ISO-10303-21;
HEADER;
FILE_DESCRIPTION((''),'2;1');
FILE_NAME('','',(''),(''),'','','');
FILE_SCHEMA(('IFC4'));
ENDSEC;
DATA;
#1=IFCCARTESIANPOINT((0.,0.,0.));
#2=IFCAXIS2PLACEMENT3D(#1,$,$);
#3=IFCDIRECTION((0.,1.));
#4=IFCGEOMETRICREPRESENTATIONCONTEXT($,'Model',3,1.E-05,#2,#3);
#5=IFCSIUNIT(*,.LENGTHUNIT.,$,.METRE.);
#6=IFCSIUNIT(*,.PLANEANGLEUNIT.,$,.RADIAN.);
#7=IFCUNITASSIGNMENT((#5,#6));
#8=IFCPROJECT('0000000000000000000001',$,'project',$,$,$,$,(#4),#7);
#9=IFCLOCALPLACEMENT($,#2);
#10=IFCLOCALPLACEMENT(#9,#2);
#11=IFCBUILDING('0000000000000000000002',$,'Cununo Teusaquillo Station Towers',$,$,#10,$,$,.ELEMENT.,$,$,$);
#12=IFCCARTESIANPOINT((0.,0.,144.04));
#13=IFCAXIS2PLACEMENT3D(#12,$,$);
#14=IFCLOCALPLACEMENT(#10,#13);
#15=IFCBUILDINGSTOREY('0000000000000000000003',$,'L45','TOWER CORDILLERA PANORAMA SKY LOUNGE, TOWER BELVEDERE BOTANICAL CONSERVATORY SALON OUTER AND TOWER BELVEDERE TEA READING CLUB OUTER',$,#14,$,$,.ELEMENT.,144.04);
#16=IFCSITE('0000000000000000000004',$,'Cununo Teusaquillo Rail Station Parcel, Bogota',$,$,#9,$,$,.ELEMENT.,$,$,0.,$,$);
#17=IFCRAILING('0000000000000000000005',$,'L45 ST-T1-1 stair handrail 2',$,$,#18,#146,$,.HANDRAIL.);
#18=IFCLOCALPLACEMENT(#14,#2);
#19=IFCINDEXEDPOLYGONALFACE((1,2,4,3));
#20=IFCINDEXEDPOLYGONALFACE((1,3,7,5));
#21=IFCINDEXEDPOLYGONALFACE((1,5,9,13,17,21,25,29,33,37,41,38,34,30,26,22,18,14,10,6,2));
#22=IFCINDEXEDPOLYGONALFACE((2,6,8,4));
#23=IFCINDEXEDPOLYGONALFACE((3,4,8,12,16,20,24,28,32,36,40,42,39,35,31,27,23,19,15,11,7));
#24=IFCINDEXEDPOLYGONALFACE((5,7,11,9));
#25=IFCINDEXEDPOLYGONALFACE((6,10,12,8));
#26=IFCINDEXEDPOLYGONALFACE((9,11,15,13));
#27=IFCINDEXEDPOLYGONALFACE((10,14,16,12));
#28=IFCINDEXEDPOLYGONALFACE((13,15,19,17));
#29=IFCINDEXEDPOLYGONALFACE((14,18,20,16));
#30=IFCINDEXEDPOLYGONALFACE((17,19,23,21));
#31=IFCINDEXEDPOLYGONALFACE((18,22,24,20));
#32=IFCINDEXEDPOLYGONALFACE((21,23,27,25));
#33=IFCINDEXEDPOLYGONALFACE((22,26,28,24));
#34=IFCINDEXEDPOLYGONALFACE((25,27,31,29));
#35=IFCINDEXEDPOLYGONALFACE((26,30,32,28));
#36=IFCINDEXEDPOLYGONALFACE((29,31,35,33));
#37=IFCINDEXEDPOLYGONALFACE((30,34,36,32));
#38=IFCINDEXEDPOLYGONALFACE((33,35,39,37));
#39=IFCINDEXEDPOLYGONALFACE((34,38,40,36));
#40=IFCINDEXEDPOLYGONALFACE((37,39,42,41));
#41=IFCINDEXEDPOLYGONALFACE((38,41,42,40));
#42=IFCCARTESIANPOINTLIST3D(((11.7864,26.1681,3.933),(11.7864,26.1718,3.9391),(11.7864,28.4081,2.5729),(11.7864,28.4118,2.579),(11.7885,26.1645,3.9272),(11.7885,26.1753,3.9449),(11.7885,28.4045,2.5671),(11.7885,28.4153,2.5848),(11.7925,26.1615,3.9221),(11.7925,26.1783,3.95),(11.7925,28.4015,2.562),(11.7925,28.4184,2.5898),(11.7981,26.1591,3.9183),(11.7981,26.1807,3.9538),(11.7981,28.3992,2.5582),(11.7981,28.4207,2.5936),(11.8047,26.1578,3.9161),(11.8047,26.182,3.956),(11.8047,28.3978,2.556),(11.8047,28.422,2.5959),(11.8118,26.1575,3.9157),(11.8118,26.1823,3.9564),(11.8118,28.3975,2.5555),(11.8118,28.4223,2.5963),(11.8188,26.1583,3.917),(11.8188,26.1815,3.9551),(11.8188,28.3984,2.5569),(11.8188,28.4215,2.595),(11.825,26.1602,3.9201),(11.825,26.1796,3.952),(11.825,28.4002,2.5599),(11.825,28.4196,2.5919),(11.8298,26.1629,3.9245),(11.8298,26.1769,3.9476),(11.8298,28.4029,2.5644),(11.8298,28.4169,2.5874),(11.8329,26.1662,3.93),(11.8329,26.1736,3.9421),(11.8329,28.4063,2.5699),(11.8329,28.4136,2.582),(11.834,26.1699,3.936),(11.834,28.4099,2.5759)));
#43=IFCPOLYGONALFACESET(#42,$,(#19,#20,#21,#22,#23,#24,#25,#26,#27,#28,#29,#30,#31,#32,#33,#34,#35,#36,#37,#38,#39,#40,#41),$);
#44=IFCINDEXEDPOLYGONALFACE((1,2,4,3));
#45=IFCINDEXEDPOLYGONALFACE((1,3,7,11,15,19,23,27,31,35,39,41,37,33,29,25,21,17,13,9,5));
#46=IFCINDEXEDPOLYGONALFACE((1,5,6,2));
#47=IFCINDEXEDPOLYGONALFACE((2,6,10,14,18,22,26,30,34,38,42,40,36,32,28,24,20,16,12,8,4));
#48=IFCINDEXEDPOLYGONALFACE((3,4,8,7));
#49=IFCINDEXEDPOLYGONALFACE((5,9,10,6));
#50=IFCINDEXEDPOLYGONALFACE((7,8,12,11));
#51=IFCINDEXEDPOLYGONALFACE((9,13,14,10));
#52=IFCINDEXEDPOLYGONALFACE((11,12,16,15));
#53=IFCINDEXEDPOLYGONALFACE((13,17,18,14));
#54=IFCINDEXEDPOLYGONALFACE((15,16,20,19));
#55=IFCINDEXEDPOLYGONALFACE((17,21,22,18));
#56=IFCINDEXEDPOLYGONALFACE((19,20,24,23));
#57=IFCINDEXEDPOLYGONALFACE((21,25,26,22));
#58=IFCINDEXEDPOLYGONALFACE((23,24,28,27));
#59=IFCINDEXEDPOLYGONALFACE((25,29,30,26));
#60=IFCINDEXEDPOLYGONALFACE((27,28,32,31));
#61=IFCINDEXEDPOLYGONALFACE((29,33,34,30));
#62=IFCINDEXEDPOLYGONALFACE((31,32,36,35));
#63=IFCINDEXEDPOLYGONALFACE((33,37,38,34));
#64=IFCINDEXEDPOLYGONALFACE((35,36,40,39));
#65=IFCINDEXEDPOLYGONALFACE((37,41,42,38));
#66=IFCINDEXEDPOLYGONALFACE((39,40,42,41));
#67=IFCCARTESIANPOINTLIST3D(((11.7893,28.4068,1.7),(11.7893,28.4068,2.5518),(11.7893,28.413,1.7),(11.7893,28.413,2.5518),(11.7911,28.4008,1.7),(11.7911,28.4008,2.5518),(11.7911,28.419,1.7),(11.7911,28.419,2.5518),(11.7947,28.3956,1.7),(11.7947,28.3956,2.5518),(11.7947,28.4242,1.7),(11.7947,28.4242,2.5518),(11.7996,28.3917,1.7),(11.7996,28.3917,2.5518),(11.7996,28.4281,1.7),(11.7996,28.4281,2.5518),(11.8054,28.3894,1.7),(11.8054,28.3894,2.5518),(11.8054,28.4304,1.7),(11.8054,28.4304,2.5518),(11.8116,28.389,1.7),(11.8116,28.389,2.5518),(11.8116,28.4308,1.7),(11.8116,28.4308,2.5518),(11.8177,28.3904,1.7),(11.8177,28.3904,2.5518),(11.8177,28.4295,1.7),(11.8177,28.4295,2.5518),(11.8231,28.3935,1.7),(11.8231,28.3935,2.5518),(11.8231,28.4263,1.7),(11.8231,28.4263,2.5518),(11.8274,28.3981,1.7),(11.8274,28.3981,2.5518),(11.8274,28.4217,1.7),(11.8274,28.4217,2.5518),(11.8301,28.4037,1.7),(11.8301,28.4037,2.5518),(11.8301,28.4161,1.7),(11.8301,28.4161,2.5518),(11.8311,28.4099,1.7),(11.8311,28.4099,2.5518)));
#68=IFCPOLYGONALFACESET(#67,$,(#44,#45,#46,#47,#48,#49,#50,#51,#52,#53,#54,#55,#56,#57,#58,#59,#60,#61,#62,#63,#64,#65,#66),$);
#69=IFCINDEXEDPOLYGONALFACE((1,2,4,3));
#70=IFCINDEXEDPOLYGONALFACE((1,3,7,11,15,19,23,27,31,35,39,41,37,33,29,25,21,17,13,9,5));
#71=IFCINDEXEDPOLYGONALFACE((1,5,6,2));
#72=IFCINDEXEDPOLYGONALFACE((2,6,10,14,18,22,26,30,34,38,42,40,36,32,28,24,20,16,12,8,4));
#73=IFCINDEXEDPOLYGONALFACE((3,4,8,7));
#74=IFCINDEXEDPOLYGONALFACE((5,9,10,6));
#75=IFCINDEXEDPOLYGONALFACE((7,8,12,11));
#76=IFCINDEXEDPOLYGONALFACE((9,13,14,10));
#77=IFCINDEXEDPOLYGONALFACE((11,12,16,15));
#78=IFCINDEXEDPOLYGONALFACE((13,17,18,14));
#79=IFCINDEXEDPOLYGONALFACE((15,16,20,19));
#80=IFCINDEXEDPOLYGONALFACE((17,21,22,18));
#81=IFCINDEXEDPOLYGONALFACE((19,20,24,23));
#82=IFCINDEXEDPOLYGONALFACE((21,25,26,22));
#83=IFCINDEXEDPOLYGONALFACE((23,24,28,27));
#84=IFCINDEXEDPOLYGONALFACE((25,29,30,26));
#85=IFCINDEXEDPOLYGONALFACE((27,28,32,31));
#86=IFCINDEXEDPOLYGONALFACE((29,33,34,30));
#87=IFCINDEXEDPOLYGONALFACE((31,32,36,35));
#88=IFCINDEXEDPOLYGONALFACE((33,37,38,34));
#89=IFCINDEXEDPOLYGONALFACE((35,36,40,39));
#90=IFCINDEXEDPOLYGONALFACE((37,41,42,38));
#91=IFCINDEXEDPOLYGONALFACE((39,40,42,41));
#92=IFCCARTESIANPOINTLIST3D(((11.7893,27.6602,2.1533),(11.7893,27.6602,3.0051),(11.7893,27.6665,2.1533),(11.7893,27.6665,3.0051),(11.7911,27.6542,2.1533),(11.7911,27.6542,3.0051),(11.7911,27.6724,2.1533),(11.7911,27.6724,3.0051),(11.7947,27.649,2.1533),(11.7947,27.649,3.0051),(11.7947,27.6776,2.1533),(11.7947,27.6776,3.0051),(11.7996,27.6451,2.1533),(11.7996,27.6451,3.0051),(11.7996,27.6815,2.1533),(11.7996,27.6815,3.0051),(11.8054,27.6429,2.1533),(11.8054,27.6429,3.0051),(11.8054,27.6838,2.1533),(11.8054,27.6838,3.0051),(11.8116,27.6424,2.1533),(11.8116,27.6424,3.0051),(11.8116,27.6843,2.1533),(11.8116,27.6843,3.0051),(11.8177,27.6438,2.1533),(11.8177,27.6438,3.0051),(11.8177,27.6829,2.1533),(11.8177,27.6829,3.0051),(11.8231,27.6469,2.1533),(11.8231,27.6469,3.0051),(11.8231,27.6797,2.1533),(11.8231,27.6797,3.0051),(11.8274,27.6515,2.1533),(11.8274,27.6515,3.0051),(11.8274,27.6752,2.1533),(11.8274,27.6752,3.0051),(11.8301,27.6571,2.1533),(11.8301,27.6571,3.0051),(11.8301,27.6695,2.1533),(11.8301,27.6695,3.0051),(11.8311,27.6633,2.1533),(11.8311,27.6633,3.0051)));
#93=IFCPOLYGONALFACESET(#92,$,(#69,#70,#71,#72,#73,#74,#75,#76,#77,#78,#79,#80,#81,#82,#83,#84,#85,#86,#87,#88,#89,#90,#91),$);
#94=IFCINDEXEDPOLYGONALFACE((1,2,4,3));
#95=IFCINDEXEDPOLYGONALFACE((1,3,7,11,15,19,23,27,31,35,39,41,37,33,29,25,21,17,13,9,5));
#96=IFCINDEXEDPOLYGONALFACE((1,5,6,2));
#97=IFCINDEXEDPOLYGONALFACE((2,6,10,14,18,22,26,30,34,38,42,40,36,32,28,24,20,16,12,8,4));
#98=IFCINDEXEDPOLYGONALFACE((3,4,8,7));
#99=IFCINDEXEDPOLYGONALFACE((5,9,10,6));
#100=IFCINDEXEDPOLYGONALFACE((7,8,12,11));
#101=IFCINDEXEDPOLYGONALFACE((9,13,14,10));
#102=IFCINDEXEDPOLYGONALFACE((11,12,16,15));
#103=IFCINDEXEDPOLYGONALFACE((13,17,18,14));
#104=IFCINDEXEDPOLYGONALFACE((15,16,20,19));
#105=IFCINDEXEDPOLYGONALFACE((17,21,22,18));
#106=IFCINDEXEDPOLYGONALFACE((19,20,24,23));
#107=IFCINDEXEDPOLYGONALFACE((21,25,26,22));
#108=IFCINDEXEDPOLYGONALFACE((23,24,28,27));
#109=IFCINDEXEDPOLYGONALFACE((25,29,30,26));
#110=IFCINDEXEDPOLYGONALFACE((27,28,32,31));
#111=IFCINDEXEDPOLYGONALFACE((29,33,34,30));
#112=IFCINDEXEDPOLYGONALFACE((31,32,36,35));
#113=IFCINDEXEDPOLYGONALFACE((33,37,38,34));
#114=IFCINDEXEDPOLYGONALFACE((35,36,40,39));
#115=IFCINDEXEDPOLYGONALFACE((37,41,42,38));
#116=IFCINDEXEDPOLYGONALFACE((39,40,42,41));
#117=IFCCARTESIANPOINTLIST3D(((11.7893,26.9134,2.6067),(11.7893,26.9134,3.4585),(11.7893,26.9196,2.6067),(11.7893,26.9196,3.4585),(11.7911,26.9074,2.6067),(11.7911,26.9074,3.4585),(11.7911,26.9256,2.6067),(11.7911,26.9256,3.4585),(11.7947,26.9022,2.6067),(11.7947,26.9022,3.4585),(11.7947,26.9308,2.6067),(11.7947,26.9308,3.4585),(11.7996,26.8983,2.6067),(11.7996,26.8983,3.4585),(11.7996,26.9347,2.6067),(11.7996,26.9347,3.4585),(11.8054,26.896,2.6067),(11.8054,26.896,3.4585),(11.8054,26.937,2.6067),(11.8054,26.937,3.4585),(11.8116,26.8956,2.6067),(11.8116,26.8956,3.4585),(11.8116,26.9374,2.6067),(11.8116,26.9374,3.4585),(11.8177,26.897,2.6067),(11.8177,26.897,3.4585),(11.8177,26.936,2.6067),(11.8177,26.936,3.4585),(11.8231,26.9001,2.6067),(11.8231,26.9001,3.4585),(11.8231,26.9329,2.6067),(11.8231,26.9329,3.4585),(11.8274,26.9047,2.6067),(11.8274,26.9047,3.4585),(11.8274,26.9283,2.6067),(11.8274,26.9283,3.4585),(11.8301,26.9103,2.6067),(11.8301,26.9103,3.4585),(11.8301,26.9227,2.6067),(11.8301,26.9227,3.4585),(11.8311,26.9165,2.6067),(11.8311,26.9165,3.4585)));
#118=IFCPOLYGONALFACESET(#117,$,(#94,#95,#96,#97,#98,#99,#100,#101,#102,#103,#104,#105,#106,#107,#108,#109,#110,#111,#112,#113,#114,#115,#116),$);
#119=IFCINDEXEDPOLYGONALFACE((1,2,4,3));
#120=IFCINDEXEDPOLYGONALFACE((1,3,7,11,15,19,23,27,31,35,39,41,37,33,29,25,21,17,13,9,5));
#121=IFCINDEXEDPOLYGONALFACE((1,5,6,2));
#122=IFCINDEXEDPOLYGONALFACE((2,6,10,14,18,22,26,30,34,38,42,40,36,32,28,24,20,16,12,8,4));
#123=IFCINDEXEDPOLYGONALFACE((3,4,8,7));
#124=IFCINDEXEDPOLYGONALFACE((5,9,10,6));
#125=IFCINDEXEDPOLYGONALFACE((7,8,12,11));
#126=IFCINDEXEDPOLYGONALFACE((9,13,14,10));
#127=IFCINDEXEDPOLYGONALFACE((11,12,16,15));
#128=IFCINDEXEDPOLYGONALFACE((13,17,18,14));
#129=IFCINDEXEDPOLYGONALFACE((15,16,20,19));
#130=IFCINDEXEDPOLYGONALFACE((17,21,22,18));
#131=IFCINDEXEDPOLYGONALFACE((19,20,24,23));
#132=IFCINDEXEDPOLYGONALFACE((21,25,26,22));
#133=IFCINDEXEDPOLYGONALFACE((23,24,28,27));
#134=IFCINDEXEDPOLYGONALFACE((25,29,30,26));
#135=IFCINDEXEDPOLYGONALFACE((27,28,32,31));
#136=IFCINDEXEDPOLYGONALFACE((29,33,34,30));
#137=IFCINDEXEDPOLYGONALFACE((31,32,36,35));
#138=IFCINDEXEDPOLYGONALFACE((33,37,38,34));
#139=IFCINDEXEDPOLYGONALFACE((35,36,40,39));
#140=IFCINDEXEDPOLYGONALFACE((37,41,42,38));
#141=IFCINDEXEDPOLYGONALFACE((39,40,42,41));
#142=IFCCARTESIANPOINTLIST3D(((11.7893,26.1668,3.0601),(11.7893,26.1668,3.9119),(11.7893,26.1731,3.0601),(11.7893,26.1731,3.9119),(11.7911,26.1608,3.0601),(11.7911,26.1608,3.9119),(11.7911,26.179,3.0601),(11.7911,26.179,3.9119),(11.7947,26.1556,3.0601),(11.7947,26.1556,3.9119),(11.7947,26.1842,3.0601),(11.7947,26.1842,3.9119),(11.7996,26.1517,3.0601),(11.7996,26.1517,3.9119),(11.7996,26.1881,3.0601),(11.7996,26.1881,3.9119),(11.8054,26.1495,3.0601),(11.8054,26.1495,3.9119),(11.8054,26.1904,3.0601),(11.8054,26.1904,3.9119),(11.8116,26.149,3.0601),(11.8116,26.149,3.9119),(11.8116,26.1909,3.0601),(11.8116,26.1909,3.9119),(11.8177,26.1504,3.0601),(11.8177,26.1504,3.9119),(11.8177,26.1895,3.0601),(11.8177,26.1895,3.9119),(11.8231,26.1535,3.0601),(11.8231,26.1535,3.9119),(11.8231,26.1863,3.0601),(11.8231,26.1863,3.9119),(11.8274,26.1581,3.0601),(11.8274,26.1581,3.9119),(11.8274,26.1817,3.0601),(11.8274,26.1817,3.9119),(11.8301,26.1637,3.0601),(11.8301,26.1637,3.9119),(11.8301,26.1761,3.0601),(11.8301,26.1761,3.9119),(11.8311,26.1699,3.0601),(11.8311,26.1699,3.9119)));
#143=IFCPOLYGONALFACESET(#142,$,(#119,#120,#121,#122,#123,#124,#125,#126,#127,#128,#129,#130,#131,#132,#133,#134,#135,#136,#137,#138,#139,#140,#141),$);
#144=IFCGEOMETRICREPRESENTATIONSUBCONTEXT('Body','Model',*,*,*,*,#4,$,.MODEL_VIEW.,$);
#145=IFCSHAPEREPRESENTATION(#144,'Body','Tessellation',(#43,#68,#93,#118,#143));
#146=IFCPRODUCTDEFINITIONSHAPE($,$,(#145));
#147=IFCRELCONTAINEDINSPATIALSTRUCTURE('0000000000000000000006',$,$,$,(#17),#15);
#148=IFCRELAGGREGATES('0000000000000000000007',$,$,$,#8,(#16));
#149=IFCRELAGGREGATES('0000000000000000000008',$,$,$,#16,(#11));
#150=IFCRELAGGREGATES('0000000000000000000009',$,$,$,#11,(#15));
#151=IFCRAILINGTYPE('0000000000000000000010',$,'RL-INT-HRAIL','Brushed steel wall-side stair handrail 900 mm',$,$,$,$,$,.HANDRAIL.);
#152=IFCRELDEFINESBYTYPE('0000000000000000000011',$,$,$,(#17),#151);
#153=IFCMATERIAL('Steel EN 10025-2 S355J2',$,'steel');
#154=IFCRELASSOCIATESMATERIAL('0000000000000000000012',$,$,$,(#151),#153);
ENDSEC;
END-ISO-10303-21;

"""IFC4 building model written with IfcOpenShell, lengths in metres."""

from ifc_helpers import new_model, si_unit, direction, frame, origin, origin_2d, place, context, subcontext, project, spatial, circle, extrude, material, type_object, element, save


model = new_model("IFC4")

# Units and contexts
model_context = context("Model", 3, precision=1e-05, world=origin(), true_north=direction((0.0, 1.0)))
body_context = subcontext(model_context, "Body", "Model", "MODEL_VIEW")
ifc_project = project(units=[si_unit("LENGTHUNIT", "METRE"), si_unit("PLANEANGLEUNIT", "RADIAN")], contexts=[model_context])

# Site, building, storey
site_placement = place(None, origin())
site = spatial("IfcSite", under=ifc_project, at=site_placement, Name="Cununo Teusaquillo Rail Station Parcel, Bogota", CompositionType="ELEMENT", RefElevation=0.0)
building_placement = place(site_placement, origin())
building = spatial("IfcBuilding", under=site, at=building_placement, Name="Cununo Teusaquillo Station Towers", CompositionType="ELEMENT")
storey_placement = place(building_placement, frame((0.0, 0.0, 144.04)))
storey = spatial("IfcBuildingStorey", under=building, at=storey_placement, Name="L45", Description="TOWER CORDILLERA PANORAMA SKY LOUNGE, TOWER BELVEDERE BOTANICAL CONSERVATORY SALON OUTER AND TOWER BELVEDERE TEA READING CLUB OUTER", CompositionType="ELEMENT", Elevation=144.04)

# Railing
ifc_material_1 = material(Name="Steel EN 10025-2 S355J2", Category="steel")
railing_type_1 = type_object("IfcRailingType", Name="RL-INT-HRAIL", Description="Brushed steel wall-side stair handrail 900 mm", PredefinedType="HANDRAIL", material=ifc_material_1)
railing_1_placement = place(storey_placement, frame((11.8101, 28.4099, 1.7)))
element("IfcRailing", 1, at=railing_1_placement, inside=storey, type_object=railing_type_1, Name="L45 ST-T1-1 stair handrail 2", PredefinedType="HANDRAIL", context=body_context, shape_type="SweptSolid", body=[
    extrude(circle(Radius=0.0239, at=origin_2d()), frame((0.0, 0.0, 0.876), z_axis=(0.0, -0.854768, 0.51901), x_axis=(1.0, 0.0, 0.0)), (0.0, 0.0, 1.0), 2.6206),
    extrude(circle(Radius=0.021, at=origin_2d()), origin(), (0.0, 0.0, 1.0), 0.8518),
    extrude(circle(Radius=0.021, at=origin_2d()), frame((0.0, -0.7466, 0.4534)), (0.0, 0.0, 1.0), 0.8518),
    extrude(circle(Radius=0.021, at=origin_2d()), frame((0.0, -1.4934, 0.9067)), (0.0, 0.0, 1.0), 0.8518),
    extrude(circle(Radius=0.021, at=origin_2d()), frame((0.0, -2.24, 1.3601)), (0.0, 0.0, 1.0), 0.8518),
])

save(model, "model.ifc")
